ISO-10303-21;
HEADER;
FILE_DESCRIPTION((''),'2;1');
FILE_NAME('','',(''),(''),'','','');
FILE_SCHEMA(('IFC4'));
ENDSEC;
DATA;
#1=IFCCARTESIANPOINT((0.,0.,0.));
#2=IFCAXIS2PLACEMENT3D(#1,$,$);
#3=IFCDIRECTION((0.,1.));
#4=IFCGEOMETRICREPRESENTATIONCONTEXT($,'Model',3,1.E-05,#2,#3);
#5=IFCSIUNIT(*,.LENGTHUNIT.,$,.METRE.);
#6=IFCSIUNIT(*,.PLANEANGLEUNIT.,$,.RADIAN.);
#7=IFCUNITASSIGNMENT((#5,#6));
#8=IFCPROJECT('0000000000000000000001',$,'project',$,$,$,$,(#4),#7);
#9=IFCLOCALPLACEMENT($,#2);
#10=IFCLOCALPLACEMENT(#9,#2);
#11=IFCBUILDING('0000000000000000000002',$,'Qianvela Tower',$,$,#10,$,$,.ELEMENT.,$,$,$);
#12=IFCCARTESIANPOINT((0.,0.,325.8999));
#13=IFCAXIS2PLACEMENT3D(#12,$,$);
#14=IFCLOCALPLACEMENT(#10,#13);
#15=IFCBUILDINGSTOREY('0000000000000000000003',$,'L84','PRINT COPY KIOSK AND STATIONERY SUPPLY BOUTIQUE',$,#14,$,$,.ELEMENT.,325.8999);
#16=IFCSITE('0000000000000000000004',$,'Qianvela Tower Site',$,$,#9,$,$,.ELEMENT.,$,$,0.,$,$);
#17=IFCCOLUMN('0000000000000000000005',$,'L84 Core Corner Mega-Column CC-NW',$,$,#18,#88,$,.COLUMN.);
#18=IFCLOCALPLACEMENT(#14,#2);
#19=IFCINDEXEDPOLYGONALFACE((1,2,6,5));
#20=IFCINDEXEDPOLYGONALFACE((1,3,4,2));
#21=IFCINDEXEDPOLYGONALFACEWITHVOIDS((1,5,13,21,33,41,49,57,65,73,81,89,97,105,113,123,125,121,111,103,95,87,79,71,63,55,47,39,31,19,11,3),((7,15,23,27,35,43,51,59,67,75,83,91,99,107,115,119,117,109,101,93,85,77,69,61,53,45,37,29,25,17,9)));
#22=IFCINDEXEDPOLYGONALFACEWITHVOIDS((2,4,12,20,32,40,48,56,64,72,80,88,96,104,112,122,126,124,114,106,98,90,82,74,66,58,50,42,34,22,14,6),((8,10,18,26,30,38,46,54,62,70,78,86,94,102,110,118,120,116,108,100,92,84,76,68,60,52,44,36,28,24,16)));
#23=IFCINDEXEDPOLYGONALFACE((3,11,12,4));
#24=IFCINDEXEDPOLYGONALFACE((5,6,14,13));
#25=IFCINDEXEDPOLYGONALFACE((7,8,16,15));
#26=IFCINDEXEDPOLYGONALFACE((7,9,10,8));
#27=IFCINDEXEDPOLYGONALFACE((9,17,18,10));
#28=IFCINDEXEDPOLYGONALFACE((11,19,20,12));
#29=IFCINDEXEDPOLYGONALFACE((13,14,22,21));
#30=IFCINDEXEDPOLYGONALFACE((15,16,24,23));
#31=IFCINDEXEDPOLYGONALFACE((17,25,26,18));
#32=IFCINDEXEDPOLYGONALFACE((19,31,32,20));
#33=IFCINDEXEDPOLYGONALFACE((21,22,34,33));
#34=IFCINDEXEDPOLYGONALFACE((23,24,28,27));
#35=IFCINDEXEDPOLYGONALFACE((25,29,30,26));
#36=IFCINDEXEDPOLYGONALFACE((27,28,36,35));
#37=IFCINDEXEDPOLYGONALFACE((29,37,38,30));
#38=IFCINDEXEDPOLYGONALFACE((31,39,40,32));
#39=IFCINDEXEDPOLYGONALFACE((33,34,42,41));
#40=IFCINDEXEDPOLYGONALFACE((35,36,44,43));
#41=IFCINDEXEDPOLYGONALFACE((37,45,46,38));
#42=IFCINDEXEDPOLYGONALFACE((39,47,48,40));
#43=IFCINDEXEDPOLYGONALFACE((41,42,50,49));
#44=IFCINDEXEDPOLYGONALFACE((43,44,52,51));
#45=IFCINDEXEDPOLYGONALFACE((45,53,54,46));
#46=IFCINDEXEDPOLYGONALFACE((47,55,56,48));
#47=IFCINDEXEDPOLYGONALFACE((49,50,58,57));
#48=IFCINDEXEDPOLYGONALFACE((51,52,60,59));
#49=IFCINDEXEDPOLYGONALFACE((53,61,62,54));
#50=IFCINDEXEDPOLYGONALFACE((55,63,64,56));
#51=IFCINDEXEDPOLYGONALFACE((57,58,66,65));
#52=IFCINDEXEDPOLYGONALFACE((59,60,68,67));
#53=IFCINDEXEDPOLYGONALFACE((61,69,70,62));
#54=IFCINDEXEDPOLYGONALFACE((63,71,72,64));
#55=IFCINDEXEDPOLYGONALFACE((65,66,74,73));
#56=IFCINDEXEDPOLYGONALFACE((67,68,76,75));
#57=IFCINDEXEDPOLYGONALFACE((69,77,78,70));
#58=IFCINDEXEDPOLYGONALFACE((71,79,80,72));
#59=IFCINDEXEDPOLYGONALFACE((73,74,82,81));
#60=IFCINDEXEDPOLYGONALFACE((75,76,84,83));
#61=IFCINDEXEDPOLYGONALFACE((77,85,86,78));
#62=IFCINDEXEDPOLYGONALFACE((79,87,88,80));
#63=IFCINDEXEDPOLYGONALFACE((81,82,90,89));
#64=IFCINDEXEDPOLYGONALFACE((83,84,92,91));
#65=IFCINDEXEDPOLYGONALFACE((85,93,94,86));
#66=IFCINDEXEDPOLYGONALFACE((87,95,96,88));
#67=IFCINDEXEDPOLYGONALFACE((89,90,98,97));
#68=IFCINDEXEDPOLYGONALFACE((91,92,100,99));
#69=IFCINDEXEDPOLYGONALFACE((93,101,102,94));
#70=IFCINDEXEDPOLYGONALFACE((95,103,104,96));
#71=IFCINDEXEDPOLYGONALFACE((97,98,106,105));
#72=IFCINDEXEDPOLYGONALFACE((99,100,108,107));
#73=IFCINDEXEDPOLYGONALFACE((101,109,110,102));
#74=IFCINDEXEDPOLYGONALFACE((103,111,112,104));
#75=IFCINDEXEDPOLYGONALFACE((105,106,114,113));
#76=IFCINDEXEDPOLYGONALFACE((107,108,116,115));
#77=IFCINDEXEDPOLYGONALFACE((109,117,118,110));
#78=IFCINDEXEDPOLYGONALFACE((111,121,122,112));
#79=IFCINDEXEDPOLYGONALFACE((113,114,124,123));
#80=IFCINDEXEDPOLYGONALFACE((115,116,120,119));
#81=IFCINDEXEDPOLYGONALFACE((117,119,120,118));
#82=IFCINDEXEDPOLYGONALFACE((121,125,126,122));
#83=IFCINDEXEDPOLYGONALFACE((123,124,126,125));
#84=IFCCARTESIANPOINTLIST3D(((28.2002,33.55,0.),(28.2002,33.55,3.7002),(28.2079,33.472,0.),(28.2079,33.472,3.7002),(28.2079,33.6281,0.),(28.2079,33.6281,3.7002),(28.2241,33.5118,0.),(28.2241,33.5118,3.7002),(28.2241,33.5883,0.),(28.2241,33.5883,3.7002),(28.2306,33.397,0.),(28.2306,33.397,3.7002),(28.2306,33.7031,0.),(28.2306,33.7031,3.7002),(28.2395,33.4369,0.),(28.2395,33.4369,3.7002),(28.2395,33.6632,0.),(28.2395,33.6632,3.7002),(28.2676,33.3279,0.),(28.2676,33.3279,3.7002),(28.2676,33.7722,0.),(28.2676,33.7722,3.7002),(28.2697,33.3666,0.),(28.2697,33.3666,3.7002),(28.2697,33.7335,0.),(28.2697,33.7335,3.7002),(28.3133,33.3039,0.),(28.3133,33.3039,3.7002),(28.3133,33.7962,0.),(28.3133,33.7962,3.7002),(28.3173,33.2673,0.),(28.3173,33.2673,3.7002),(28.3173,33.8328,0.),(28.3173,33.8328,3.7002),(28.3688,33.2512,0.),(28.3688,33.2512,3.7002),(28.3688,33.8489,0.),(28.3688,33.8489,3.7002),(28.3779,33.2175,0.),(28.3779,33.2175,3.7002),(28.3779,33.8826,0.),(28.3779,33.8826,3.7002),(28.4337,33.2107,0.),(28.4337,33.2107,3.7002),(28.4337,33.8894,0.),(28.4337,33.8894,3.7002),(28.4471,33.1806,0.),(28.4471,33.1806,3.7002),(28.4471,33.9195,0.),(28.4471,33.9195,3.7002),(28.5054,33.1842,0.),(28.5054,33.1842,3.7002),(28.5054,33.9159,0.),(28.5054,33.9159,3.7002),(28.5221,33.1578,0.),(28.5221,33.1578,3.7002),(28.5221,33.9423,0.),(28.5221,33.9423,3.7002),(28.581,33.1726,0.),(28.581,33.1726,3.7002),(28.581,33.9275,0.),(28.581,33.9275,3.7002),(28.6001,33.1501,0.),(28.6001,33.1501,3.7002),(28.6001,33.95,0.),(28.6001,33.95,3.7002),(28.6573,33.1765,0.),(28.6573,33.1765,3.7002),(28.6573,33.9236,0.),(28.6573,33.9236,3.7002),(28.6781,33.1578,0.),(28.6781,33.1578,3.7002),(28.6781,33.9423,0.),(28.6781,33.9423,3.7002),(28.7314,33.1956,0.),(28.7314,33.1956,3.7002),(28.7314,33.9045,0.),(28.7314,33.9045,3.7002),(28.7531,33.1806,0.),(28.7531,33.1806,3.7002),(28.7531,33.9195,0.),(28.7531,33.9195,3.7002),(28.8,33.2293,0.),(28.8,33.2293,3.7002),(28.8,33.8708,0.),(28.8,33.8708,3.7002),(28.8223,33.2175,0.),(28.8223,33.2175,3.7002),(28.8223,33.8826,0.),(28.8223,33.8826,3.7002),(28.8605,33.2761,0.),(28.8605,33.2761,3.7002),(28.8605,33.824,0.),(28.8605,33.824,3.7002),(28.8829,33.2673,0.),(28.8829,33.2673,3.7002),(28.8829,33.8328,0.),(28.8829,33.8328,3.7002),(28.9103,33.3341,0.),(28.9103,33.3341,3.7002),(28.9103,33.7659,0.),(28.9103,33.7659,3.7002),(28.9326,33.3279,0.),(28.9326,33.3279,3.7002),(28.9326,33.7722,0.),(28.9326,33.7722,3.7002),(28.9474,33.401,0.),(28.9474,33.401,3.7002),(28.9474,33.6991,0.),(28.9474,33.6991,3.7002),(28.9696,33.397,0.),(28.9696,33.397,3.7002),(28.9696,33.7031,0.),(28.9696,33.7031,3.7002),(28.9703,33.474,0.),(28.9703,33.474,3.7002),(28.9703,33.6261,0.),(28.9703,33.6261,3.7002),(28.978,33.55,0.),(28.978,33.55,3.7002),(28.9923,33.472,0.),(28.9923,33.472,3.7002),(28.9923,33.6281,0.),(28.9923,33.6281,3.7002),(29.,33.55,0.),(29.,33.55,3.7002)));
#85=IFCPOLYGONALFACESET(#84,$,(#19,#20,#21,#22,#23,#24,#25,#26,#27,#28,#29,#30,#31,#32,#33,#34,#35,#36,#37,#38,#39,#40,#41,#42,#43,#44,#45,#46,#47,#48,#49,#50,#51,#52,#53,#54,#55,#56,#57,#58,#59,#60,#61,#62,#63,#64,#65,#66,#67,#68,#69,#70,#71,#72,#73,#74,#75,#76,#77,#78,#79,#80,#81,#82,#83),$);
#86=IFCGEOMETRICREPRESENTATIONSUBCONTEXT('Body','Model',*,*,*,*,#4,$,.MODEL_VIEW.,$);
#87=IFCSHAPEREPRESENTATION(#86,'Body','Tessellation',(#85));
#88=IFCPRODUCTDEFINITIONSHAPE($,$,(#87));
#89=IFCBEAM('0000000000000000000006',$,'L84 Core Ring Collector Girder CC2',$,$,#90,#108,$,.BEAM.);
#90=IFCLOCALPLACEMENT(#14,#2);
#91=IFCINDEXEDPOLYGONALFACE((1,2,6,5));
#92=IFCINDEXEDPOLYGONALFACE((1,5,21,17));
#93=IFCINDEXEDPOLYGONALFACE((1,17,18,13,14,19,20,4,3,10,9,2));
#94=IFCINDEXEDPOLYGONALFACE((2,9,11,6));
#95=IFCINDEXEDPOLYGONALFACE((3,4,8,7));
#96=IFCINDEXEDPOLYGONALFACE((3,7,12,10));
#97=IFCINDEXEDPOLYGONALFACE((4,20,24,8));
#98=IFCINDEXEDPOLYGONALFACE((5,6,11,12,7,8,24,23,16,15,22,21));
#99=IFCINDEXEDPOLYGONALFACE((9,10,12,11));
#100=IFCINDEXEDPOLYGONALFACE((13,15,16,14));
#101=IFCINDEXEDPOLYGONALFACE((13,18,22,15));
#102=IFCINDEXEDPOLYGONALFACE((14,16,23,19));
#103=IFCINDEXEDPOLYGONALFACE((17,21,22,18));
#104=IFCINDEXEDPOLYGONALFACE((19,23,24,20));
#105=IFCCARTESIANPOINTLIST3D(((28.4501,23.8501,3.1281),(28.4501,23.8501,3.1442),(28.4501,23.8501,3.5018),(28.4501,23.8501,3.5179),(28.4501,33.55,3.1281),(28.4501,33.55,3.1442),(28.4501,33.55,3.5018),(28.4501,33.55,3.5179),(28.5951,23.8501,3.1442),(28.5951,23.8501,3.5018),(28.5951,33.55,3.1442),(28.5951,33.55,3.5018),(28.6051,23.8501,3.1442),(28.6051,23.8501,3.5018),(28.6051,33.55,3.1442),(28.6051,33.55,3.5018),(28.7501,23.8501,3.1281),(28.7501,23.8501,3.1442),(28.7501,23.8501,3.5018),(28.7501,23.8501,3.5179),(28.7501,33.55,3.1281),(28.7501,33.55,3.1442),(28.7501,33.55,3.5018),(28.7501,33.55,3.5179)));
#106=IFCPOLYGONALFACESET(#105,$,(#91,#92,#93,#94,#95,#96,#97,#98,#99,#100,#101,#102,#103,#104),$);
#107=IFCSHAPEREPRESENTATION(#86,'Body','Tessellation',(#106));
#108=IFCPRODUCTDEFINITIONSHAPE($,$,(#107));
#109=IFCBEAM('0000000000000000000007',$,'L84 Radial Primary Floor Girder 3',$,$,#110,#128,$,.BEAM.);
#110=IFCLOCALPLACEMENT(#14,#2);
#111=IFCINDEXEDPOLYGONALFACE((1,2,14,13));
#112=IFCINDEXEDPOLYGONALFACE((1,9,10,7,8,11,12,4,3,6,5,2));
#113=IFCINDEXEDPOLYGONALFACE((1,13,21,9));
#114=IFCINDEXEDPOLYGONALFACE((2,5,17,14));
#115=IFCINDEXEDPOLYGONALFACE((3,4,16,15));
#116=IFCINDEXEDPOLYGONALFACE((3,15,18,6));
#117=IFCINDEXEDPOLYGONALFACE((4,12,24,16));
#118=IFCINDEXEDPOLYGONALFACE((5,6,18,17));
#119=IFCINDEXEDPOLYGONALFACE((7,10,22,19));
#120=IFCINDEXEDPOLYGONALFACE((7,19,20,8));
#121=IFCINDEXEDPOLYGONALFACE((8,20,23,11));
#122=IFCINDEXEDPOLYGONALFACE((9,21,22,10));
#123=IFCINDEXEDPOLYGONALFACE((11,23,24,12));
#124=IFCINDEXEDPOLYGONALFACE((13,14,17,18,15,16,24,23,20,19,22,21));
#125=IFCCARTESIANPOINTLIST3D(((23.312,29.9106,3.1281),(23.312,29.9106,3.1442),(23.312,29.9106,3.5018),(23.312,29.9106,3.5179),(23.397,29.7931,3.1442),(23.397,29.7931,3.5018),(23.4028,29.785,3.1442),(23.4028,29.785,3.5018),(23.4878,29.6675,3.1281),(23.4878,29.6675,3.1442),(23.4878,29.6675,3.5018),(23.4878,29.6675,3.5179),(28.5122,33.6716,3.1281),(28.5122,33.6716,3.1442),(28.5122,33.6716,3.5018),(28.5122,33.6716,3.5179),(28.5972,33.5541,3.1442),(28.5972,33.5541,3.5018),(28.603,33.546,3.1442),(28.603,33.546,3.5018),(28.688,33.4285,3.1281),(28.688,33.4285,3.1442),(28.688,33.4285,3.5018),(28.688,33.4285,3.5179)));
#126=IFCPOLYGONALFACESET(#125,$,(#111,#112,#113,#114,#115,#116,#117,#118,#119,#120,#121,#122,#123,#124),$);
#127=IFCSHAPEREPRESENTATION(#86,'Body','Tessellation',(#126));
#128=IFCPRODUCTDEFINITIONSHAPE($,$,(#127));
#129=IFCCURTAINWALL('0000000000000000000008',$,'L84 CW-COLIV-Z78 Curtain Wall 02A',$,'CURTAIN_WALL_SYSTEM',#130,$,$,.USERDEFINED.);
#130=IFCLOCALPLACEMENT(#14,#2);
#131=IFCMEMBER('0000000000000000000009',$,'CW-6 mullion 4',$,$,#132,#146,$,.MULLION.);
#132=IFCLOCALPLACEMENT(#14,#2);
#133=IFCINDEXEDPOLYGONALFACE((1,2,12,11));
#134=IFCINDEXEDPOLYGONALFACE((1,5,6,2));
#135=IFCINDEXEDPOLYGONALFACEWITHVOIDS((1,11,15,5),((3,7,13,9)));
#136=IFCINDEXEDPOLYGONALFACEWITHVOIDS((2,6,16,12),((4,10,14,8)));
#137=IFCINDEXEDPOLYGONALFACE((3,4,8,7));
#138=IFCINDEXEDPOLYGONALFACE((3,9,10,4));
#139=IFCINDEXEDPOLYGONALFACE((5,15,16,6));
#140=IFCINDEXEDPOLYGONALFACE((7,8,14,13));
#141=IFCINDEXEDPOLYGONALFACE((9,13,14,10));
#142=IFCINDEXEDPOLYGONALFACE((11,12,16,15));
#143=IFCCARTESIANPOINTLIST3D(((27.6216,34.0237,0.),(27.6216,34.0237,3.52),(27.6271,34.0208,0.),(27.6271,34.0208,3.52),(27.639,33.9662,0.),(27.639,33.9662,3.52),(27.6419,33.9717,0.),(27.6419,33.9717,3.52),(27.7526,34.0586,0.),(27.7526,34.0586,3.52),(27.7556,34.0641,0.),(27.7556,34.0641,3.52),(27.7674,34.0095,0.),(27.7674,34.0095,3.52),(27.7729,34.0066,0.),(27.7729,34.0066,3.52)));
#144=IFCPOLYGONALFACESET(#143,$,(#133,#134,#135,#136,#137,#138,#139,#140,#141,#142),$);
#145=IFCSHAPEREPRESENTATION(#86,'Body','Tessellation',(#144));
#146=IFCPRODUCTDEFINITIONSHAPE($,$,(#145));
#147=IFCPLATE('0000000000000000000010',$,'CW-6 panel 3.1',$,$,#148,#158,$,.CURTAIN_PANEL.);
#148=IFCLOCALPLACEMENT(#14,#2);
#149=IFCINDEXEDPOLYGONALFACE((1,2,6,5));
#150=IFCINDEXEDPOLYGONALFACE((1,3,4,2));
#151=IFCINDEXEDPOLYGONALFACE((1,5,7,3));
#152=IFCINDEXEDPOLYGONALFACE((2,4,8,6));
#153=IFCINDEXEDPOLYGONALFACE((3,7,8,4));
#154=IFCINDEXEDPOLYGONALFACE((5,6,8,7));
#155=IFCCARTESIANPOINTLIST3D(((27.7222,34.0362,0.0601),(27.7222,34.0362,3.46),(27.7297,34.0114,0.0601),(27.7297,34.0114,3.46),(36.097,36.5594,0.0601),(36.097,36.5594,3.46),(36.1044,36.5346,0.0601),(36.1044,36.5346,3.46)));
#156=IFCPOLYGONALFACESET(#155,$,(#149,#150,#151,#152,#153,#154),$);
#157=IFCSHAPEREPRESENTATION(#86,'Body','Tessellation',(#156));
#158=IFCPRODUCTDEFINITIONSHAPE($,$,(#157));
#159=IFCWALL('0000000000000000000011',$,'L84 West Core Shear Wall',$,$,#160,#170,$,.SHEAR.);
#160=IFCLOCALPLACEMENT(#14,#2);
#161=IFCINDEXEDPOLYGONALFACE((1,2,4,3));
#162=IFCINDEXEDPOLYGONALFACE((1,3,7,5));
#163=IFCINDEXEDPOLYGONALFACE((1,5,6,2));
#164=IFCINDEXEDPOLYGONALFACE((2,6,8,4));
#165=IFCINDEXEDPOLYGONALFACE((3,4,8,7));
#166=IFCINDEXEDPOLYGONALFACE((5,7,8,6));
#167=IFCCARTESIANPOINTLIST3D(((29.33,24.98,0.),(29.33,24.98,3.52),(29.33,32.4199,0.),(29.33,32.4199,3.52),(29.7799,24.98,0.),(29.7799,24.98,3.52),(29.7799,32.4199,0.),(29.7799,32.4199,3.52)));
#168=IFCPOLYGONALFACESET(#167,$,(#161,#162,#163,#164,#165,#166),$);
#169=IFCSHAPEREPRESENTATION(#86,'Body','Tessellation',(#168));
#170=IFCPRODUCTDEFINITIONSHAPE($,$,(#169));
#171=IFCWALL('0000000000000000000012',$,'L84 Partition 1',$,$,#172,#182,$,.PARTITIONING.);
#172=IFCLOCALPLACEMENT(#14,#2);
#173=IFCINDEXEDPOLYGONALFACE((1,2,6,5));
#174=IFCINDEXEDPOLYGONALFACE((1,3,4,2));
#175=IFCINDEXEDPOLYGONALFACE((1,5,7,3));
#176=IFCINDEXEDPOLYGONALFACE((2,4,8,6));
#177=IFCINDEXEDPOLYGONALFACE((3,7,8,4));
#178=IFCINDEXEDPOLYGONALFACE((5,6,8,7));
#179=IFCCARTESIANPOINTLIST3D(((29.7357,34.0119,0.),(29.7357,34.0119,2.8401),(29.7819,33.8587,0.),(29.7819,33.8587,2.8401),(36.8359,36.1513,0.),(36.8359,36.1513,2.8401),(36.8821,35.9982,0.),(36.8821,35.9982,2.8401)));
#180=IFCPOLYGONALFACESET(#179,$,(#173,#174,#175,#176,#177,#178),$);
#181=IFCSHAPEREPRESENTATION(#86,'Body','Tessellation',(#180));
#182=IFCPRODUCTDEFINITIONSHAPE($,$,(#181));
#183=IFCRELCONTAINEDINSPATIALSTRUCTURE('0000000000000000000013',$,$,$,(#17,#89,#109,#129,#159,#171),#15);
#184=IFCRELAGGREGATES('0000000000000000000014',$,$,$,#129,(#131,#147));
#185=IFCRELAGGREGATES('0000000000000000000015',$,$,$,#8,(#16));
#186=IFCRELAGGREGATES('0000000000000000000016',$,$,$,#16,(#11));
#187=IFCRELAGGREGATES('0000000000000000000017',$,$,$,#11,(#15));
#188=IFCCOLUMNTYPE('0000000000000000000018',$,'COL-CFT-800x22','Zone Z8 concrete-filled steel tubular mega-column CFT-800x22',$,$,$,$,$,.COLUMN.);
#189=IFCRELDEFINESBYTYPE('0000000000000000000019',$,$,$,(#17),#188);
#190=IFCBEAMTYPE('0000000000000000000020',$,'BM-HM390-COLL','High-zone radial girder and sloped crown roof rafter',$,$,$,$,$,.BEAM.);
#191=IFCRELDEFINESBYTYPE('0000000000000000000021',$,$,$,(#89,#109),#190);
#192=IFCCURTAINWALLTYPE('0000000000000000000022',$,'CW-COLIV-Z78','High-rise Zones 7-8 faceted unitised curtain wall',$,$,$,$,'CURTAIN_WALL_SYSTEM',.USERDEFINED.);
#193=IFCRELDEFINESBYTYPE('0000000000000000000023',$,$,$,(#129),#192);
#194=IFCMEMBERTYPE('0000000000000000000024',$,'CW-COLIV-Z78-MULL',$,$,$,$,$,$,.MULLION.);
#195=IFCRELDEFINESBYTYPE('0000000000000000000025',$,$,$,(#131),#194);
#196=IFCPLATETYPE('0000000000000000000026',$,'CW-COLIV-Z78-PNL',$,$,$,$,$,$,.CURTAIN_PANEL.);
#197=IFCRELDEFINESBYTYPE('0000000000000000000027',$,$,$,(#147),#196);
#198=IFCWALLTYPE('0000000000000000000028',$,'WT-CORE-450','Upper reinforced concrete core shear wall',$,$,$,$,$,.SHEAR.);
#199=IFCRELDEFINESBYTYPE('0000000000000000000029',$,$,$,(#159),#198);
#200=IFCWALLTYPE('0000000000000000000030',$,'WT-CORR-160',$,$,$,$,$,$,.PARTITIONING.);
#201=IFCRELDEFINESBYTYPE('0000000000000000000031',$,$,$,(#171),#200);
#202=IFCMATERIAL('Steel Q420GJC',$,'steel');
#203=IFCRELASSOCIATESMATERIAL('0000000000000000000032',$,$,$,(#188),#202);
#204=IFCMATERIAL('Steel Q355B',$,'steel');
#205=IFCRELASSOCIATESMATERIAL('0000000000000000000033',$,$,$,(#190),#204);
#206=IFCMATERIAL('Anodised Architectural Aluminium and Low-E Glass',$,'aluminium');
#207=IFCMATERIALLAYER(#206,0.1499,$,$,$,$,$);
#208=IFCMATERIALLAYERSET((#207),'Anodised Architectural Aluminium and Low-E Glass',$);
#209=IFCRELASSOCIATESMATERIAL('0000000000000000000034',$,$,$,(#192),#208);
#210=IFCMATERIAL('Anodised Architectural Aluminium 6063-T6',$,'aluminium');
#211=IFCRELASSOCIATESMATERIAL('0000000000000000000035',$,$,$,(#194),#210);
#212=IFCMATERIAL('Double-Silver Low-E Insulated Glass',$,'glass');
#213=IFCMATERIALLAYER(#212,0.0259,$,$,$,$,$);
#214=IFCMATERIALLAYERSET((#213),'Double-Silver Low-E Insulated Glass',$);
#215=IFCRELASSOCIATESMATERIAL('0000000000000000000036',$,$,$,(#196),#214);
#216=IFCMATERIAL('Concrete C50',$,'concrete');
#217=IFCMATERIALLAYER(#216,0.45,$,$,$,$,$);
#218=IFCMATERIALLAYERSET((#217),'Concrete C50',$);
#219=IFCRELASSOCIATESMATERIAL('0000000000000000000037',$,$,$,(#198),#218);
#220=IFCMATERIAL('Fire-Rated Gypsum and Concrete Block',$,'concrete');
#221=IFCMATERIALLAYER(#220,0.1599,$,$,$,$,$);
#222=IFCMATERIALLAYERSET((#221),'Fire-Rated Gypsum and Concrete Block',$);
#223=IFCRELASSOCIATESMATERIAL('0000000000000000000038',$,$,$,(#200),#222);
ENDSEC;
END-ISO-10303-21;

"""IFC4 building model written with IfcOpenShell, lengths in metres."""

from ifc_helpers import new_model, si_unit, direction, frame, frame_2d, origin, origin_2d, place, context, subcontext, project, spatial, rectangle, hollow_rectangle, hollow_circle, i_section, extrude, material, layer, layer_set, material_profile, profile_set, type_object, element, aggregate, save


model = new_model("IFC4")

# Units and contexts
model_context = context("Model", 3, precision=1e-05, world=origin(), true_north=direction((0.0, 1.0)))
body_context = subcontext(model_context, "Body", "Model", "MODEL_VIEW")
ifc_project = project(units=[si_unit("LENGTHUNIT", "METRE"), si_unit("PLANEANGLEUNIT", "RADIAN")], contexts=[model_context])

# Site, building, storey
site_placement = place(None, origin())
site = spatial("IfcSite", under=ifc_project, at=site_placement, Name="Qianvela Tower Site", CompositionType="ELEMENT", RefElevation=0.0)
building_placement = place(site_placement, origin())
building = spatial("IfcBuilding", under=site, at=building_placement, Name="Qianvela Tower", CompositionType="ELEMENT")
storey_placement = place(building_placement, frame((0.0, 0.0, 325.8999)))
storey = spatial("IfcBuildingStorey", under=building, at=storey_placement, Name="L84", Description="PRINT COPY KIOSK AND STATIONERY SUPPLY BOUTIQUE", CompositionType="ELEMENT", Elevation=325.8999)

# Column
ifc_material_1 = material(Name="Steel Q420GJC", Category="steel")
ifc_material_profile_1 = material_profile(ifc_material_1, hollow_circle(Radius=0.3999, WallThickness=0.022, at=origin_2d()), Name="CFT-800x22")
ifc_profile_set_1 = profile_set([ifc_material_profile_1], Name="Steel Q420GJC")
column_type = type_object("IfcColumnType", Name="COL-CFT-800x22", Description="Zone Z8 concrete-filled steel tubular mega-column CFT-800x22", PredefinedType="COLUMN", material=ifc_profile_set_1)
column_placement = place(storey_placement, frame((28.6001, 33.55, 0.0), z_axis=(0.0, 0.0, 1.0), x_axis=(1.0, 0.0, 0.0)))
element("IfcColumn", 1, at=column_placement, inside=storey, type_object=column_type, Name="L84 Core Corner Mega-Column CC-NW", PredefinedType="COLUMN", context=body_context, shape_type="SweptSolid", body=[
    extrude(hollow_circle(Radius=0.3999, WallThickness=0.022, at=origin_2d()), origin(), (0.0, 0.0, 1.0), 3.7002),
])

# Beams
ifc_material_2 = material(Name="Steel Q355B", Category="steel")
ifc_material_profile_2 = material_profile(ifc_material_2, i_section(OverallWidth=0.3, OverallDepth=0.3899, WebThickness=0.01, FlangeThickness=0.0161, at=origin_2d()), Name="HM390x300x10x16")
ifc_profile_set_2 = profile_set([ifc_material_profile_2], Name="Steel Q355B")
beam_type = type_object("IfcBeamType", Name="BM-HM390-COLL", Description="High-zone radial girder and sloped crown roof rafter", PredefinedType="BEAM", material=ifc_profile_set_2)
beam_1_placement = place(storey_placement, frame((28.6001, 33.55, 3.323), z_axis=(0.0, -1.0, 0.0), x_axis=(1.0, 0.0, 0.0)))
element("IfcBeam", 2, at=beam_1_placement, inside=storey, type_object=beam_type, Name="L84 Core Ring Collector Girder CC2", PredefinedType="BEAM", context=body_context, shape_type="SweptSolid", body=[
    extrude(i_section(OverallWidth=0.3, OverallDepth=0.3899, WebThickness=0.01, FlangeThickness=0.0161, at=origin_2d()), origin(), (0.0, 0.0, 1.0), 9.7),
])
beam_2_placement = place(storey_placement, frame((28.6001, 33.55, 3.323), z_axis=(-0.810288, -0.586032, 0.0), x_axis=(0.586032, -0.810288, 0.0)))
element("IfcBeam", 3, at=beam_2_placement, inside=storey, type_object=beam_type, Name="L84 Radial Primary Floor Girder 3", PredefinedType="BEAM", context=body_context, shape_type="SweptSolid", body=[
    extrude(i_section(OverallWidth=0.3, OverallDepth=0.3899, WebThickness=0.01, FlangeThickness=0.0161, at=origin_2d()), origin(), (0.0, 0.0, 1.0), 6.4177),
])

# Curtain wall, member, plate
ifc_material_3 = material(Name="Anodised Architectural Aluminium and Low-E Glass", Category="aluminium")
ifc_layer_1 = layer(ifc_material_3, 0.1499)
ifc_layer_set_1 = layer_set([ifc_layer_1], Name="Anodised Architectural Aluminium and Low-E Glass")
curtain_wall_type = type_object("IfcCurtainWallType", Name="CW-COLIV-Z78", Description="High-rise Zones 7-8 faceted unitised curtain wall", ElementType="CURTAIN_WALL_SYSTEM", PredefinedType="USERDEFINED", material=ifc_layer_set_1)
curtain_wall_placement = place(storey_placement, origin())
curtain_wall = element("IfcCurtainWall", 4, at=curtain_wall_placement, inside=storey, type_object=curtain_wall_type, Name="L84 CW-COLIV-Z78 Curtain Wall 02A", ObjectType="CURTAIN_WALL_SYSTEM", PredefinedType="USERDEFINED")
ifc_material_4 = material(Name="Anodised Architectural Aluminium 6063-T6", Category="aluminium")
ifc_material_profile_3 = material_profile(ifc_material_4, hollow_rectangle(XDim=0.0601, YDim=0.1399, WallThickness=0.0044, at=origin_2d()), Name="ALU-MULL-60x140")
ifc_profile_set_3 = profile_set([ifc_material_profile_3], Name="Anodised Architectural Aluminium 6063-T6")
member_type = type_object("IfcMemberType", Name="CW-COLIV-Z78-MULL", PredefinedType="MULLION", material=ifc_profile_set_3)
member_placement = place(storey_placement, frame((27.6973, 34.0151, 0.0), z_axis=(0.0, 0.0, 1.0), x_axis=(0.28848, -0.957486, 0.0)))
member = element("IfcMember", 5, at=member_placement, type_object=member_type, Name="CW-6 mullion 4", PredefinedType="MULLION", context=body_context, shape_type="SweptSolid", body=[
    extrude(hollow_rectangle(XDim=0.0601, YDim=0.1399, WallThickness=0.0044, at=origin_2d()), origin(), (0.0, 0.0, 1.0), 3.52),
])
ifc_material_5 = material(Name="Double-Silver Low-E Insulated Glass", Category="glass")
ifc_layer_2 = layer(ifc_material_5, 0.0259)
ifc_layer_set_2 = layer_set([ifc_layer_2], Name="Double-Silver Low-E Insulated Glass")
plate_type = type_object("IfcPlateType", Name="CW-COLIV-Z78-PNL", PredefinedType="CURTAIN_PANEL", material=ifc_layer_set_2)
plate_placement = place(storey_placement, frame((31.9133, 35.2854, 0.0601), z_axis=(0.0, 0.0, 1.0), x_axis=(-0.957486, -0.28848, 0.0)))
plate = element("IfcPlate", 6, at=plate_placement, type_object=plate_type, Name="CW-6 panel 3.1", PredefinedType="CURTAIN_PANEL", context=body_context, shape_type="SweptSolid", body=[
    extrude(rectangle(XDim=8.7466, YDim=0.0259, at=origin_2d()), origin(), (0.0, 0.0, 1.0), 3.3999),
])
aggregate(curtain_wall, [member, plate])

# Shared definitions
ifc_material_6 = material(Name="Concrete C50", Category="concrete")
ifc_layer_3 = layer(ifc_material_6, 0.45)
ifc_layer_set_3 = layer_set([ifc_layer_3], Name="Concrete C50")
wall_type_1 = type_object("IfcWallType", Name="WT-CORE-450", Description="Upper reinforced concrete core shear wall", PredefinedType="SHEAR", material=ifc_layer_set_3)

# Walls
wall_1_placement = place(storey_placement, frame((29.5549, 24.98, 0.0), z_axis=(0.0, 0.0, 1.0), x_axis=(0.0, 1.0, 0.0)))
element("IfcWall", 7, at=wall_1_placement, inside=storey, type_object=wall_type_1, Name="L84 West Core Shear Wall", PredefinedType="SHEAR", context=body_context, shape_type="SweptSolid", body=[
    extrude(rectangle(XDim=7.4399, YDim=0.45, at=frame_2d((3.72, 0.0))), origin(), (0.0, 0.0, 1.0), 3.52),
])
ifc_material_7 = material(Name="Fire-Rated Gypsum and Concrete Block", Category="concrete")
ifc_layer_4 = layer(ifc_material_7, 0.1599)
ifc_layer_set_4 = layer_set([ifc_layer_4], Name="Fire-Rated Gypsum and Concrete Block")
wall_type_2 = type_object("IfcWallType", Name="WT-CORR-160", PredefinedType="PARTITIONING", material=ifc_layer_set_4)
wall_2_placement = place(storey_placement, frame((29.7588, 33.9353, 0.0), z_axis=(0.0, 0.0, 1.0), x_axis=(0.957478, 0.288508, 0.0)))
element("IfcWall", 8, at=wall_2_placement, inside=storey, type_object=wall_type_2, Name="L84 Partition 1", PredefinedType="PARTITIONING", context=body_context, shape_type="SweptSolid", body=[
    extrude(rectangle(XDim=7.4155, YDim=0.1599, at=frame_2d((3.7078, 0.0))), origin(), (0.0, 0.0, 1.0), 2.8401),
])

save(model, "model.ifc")
